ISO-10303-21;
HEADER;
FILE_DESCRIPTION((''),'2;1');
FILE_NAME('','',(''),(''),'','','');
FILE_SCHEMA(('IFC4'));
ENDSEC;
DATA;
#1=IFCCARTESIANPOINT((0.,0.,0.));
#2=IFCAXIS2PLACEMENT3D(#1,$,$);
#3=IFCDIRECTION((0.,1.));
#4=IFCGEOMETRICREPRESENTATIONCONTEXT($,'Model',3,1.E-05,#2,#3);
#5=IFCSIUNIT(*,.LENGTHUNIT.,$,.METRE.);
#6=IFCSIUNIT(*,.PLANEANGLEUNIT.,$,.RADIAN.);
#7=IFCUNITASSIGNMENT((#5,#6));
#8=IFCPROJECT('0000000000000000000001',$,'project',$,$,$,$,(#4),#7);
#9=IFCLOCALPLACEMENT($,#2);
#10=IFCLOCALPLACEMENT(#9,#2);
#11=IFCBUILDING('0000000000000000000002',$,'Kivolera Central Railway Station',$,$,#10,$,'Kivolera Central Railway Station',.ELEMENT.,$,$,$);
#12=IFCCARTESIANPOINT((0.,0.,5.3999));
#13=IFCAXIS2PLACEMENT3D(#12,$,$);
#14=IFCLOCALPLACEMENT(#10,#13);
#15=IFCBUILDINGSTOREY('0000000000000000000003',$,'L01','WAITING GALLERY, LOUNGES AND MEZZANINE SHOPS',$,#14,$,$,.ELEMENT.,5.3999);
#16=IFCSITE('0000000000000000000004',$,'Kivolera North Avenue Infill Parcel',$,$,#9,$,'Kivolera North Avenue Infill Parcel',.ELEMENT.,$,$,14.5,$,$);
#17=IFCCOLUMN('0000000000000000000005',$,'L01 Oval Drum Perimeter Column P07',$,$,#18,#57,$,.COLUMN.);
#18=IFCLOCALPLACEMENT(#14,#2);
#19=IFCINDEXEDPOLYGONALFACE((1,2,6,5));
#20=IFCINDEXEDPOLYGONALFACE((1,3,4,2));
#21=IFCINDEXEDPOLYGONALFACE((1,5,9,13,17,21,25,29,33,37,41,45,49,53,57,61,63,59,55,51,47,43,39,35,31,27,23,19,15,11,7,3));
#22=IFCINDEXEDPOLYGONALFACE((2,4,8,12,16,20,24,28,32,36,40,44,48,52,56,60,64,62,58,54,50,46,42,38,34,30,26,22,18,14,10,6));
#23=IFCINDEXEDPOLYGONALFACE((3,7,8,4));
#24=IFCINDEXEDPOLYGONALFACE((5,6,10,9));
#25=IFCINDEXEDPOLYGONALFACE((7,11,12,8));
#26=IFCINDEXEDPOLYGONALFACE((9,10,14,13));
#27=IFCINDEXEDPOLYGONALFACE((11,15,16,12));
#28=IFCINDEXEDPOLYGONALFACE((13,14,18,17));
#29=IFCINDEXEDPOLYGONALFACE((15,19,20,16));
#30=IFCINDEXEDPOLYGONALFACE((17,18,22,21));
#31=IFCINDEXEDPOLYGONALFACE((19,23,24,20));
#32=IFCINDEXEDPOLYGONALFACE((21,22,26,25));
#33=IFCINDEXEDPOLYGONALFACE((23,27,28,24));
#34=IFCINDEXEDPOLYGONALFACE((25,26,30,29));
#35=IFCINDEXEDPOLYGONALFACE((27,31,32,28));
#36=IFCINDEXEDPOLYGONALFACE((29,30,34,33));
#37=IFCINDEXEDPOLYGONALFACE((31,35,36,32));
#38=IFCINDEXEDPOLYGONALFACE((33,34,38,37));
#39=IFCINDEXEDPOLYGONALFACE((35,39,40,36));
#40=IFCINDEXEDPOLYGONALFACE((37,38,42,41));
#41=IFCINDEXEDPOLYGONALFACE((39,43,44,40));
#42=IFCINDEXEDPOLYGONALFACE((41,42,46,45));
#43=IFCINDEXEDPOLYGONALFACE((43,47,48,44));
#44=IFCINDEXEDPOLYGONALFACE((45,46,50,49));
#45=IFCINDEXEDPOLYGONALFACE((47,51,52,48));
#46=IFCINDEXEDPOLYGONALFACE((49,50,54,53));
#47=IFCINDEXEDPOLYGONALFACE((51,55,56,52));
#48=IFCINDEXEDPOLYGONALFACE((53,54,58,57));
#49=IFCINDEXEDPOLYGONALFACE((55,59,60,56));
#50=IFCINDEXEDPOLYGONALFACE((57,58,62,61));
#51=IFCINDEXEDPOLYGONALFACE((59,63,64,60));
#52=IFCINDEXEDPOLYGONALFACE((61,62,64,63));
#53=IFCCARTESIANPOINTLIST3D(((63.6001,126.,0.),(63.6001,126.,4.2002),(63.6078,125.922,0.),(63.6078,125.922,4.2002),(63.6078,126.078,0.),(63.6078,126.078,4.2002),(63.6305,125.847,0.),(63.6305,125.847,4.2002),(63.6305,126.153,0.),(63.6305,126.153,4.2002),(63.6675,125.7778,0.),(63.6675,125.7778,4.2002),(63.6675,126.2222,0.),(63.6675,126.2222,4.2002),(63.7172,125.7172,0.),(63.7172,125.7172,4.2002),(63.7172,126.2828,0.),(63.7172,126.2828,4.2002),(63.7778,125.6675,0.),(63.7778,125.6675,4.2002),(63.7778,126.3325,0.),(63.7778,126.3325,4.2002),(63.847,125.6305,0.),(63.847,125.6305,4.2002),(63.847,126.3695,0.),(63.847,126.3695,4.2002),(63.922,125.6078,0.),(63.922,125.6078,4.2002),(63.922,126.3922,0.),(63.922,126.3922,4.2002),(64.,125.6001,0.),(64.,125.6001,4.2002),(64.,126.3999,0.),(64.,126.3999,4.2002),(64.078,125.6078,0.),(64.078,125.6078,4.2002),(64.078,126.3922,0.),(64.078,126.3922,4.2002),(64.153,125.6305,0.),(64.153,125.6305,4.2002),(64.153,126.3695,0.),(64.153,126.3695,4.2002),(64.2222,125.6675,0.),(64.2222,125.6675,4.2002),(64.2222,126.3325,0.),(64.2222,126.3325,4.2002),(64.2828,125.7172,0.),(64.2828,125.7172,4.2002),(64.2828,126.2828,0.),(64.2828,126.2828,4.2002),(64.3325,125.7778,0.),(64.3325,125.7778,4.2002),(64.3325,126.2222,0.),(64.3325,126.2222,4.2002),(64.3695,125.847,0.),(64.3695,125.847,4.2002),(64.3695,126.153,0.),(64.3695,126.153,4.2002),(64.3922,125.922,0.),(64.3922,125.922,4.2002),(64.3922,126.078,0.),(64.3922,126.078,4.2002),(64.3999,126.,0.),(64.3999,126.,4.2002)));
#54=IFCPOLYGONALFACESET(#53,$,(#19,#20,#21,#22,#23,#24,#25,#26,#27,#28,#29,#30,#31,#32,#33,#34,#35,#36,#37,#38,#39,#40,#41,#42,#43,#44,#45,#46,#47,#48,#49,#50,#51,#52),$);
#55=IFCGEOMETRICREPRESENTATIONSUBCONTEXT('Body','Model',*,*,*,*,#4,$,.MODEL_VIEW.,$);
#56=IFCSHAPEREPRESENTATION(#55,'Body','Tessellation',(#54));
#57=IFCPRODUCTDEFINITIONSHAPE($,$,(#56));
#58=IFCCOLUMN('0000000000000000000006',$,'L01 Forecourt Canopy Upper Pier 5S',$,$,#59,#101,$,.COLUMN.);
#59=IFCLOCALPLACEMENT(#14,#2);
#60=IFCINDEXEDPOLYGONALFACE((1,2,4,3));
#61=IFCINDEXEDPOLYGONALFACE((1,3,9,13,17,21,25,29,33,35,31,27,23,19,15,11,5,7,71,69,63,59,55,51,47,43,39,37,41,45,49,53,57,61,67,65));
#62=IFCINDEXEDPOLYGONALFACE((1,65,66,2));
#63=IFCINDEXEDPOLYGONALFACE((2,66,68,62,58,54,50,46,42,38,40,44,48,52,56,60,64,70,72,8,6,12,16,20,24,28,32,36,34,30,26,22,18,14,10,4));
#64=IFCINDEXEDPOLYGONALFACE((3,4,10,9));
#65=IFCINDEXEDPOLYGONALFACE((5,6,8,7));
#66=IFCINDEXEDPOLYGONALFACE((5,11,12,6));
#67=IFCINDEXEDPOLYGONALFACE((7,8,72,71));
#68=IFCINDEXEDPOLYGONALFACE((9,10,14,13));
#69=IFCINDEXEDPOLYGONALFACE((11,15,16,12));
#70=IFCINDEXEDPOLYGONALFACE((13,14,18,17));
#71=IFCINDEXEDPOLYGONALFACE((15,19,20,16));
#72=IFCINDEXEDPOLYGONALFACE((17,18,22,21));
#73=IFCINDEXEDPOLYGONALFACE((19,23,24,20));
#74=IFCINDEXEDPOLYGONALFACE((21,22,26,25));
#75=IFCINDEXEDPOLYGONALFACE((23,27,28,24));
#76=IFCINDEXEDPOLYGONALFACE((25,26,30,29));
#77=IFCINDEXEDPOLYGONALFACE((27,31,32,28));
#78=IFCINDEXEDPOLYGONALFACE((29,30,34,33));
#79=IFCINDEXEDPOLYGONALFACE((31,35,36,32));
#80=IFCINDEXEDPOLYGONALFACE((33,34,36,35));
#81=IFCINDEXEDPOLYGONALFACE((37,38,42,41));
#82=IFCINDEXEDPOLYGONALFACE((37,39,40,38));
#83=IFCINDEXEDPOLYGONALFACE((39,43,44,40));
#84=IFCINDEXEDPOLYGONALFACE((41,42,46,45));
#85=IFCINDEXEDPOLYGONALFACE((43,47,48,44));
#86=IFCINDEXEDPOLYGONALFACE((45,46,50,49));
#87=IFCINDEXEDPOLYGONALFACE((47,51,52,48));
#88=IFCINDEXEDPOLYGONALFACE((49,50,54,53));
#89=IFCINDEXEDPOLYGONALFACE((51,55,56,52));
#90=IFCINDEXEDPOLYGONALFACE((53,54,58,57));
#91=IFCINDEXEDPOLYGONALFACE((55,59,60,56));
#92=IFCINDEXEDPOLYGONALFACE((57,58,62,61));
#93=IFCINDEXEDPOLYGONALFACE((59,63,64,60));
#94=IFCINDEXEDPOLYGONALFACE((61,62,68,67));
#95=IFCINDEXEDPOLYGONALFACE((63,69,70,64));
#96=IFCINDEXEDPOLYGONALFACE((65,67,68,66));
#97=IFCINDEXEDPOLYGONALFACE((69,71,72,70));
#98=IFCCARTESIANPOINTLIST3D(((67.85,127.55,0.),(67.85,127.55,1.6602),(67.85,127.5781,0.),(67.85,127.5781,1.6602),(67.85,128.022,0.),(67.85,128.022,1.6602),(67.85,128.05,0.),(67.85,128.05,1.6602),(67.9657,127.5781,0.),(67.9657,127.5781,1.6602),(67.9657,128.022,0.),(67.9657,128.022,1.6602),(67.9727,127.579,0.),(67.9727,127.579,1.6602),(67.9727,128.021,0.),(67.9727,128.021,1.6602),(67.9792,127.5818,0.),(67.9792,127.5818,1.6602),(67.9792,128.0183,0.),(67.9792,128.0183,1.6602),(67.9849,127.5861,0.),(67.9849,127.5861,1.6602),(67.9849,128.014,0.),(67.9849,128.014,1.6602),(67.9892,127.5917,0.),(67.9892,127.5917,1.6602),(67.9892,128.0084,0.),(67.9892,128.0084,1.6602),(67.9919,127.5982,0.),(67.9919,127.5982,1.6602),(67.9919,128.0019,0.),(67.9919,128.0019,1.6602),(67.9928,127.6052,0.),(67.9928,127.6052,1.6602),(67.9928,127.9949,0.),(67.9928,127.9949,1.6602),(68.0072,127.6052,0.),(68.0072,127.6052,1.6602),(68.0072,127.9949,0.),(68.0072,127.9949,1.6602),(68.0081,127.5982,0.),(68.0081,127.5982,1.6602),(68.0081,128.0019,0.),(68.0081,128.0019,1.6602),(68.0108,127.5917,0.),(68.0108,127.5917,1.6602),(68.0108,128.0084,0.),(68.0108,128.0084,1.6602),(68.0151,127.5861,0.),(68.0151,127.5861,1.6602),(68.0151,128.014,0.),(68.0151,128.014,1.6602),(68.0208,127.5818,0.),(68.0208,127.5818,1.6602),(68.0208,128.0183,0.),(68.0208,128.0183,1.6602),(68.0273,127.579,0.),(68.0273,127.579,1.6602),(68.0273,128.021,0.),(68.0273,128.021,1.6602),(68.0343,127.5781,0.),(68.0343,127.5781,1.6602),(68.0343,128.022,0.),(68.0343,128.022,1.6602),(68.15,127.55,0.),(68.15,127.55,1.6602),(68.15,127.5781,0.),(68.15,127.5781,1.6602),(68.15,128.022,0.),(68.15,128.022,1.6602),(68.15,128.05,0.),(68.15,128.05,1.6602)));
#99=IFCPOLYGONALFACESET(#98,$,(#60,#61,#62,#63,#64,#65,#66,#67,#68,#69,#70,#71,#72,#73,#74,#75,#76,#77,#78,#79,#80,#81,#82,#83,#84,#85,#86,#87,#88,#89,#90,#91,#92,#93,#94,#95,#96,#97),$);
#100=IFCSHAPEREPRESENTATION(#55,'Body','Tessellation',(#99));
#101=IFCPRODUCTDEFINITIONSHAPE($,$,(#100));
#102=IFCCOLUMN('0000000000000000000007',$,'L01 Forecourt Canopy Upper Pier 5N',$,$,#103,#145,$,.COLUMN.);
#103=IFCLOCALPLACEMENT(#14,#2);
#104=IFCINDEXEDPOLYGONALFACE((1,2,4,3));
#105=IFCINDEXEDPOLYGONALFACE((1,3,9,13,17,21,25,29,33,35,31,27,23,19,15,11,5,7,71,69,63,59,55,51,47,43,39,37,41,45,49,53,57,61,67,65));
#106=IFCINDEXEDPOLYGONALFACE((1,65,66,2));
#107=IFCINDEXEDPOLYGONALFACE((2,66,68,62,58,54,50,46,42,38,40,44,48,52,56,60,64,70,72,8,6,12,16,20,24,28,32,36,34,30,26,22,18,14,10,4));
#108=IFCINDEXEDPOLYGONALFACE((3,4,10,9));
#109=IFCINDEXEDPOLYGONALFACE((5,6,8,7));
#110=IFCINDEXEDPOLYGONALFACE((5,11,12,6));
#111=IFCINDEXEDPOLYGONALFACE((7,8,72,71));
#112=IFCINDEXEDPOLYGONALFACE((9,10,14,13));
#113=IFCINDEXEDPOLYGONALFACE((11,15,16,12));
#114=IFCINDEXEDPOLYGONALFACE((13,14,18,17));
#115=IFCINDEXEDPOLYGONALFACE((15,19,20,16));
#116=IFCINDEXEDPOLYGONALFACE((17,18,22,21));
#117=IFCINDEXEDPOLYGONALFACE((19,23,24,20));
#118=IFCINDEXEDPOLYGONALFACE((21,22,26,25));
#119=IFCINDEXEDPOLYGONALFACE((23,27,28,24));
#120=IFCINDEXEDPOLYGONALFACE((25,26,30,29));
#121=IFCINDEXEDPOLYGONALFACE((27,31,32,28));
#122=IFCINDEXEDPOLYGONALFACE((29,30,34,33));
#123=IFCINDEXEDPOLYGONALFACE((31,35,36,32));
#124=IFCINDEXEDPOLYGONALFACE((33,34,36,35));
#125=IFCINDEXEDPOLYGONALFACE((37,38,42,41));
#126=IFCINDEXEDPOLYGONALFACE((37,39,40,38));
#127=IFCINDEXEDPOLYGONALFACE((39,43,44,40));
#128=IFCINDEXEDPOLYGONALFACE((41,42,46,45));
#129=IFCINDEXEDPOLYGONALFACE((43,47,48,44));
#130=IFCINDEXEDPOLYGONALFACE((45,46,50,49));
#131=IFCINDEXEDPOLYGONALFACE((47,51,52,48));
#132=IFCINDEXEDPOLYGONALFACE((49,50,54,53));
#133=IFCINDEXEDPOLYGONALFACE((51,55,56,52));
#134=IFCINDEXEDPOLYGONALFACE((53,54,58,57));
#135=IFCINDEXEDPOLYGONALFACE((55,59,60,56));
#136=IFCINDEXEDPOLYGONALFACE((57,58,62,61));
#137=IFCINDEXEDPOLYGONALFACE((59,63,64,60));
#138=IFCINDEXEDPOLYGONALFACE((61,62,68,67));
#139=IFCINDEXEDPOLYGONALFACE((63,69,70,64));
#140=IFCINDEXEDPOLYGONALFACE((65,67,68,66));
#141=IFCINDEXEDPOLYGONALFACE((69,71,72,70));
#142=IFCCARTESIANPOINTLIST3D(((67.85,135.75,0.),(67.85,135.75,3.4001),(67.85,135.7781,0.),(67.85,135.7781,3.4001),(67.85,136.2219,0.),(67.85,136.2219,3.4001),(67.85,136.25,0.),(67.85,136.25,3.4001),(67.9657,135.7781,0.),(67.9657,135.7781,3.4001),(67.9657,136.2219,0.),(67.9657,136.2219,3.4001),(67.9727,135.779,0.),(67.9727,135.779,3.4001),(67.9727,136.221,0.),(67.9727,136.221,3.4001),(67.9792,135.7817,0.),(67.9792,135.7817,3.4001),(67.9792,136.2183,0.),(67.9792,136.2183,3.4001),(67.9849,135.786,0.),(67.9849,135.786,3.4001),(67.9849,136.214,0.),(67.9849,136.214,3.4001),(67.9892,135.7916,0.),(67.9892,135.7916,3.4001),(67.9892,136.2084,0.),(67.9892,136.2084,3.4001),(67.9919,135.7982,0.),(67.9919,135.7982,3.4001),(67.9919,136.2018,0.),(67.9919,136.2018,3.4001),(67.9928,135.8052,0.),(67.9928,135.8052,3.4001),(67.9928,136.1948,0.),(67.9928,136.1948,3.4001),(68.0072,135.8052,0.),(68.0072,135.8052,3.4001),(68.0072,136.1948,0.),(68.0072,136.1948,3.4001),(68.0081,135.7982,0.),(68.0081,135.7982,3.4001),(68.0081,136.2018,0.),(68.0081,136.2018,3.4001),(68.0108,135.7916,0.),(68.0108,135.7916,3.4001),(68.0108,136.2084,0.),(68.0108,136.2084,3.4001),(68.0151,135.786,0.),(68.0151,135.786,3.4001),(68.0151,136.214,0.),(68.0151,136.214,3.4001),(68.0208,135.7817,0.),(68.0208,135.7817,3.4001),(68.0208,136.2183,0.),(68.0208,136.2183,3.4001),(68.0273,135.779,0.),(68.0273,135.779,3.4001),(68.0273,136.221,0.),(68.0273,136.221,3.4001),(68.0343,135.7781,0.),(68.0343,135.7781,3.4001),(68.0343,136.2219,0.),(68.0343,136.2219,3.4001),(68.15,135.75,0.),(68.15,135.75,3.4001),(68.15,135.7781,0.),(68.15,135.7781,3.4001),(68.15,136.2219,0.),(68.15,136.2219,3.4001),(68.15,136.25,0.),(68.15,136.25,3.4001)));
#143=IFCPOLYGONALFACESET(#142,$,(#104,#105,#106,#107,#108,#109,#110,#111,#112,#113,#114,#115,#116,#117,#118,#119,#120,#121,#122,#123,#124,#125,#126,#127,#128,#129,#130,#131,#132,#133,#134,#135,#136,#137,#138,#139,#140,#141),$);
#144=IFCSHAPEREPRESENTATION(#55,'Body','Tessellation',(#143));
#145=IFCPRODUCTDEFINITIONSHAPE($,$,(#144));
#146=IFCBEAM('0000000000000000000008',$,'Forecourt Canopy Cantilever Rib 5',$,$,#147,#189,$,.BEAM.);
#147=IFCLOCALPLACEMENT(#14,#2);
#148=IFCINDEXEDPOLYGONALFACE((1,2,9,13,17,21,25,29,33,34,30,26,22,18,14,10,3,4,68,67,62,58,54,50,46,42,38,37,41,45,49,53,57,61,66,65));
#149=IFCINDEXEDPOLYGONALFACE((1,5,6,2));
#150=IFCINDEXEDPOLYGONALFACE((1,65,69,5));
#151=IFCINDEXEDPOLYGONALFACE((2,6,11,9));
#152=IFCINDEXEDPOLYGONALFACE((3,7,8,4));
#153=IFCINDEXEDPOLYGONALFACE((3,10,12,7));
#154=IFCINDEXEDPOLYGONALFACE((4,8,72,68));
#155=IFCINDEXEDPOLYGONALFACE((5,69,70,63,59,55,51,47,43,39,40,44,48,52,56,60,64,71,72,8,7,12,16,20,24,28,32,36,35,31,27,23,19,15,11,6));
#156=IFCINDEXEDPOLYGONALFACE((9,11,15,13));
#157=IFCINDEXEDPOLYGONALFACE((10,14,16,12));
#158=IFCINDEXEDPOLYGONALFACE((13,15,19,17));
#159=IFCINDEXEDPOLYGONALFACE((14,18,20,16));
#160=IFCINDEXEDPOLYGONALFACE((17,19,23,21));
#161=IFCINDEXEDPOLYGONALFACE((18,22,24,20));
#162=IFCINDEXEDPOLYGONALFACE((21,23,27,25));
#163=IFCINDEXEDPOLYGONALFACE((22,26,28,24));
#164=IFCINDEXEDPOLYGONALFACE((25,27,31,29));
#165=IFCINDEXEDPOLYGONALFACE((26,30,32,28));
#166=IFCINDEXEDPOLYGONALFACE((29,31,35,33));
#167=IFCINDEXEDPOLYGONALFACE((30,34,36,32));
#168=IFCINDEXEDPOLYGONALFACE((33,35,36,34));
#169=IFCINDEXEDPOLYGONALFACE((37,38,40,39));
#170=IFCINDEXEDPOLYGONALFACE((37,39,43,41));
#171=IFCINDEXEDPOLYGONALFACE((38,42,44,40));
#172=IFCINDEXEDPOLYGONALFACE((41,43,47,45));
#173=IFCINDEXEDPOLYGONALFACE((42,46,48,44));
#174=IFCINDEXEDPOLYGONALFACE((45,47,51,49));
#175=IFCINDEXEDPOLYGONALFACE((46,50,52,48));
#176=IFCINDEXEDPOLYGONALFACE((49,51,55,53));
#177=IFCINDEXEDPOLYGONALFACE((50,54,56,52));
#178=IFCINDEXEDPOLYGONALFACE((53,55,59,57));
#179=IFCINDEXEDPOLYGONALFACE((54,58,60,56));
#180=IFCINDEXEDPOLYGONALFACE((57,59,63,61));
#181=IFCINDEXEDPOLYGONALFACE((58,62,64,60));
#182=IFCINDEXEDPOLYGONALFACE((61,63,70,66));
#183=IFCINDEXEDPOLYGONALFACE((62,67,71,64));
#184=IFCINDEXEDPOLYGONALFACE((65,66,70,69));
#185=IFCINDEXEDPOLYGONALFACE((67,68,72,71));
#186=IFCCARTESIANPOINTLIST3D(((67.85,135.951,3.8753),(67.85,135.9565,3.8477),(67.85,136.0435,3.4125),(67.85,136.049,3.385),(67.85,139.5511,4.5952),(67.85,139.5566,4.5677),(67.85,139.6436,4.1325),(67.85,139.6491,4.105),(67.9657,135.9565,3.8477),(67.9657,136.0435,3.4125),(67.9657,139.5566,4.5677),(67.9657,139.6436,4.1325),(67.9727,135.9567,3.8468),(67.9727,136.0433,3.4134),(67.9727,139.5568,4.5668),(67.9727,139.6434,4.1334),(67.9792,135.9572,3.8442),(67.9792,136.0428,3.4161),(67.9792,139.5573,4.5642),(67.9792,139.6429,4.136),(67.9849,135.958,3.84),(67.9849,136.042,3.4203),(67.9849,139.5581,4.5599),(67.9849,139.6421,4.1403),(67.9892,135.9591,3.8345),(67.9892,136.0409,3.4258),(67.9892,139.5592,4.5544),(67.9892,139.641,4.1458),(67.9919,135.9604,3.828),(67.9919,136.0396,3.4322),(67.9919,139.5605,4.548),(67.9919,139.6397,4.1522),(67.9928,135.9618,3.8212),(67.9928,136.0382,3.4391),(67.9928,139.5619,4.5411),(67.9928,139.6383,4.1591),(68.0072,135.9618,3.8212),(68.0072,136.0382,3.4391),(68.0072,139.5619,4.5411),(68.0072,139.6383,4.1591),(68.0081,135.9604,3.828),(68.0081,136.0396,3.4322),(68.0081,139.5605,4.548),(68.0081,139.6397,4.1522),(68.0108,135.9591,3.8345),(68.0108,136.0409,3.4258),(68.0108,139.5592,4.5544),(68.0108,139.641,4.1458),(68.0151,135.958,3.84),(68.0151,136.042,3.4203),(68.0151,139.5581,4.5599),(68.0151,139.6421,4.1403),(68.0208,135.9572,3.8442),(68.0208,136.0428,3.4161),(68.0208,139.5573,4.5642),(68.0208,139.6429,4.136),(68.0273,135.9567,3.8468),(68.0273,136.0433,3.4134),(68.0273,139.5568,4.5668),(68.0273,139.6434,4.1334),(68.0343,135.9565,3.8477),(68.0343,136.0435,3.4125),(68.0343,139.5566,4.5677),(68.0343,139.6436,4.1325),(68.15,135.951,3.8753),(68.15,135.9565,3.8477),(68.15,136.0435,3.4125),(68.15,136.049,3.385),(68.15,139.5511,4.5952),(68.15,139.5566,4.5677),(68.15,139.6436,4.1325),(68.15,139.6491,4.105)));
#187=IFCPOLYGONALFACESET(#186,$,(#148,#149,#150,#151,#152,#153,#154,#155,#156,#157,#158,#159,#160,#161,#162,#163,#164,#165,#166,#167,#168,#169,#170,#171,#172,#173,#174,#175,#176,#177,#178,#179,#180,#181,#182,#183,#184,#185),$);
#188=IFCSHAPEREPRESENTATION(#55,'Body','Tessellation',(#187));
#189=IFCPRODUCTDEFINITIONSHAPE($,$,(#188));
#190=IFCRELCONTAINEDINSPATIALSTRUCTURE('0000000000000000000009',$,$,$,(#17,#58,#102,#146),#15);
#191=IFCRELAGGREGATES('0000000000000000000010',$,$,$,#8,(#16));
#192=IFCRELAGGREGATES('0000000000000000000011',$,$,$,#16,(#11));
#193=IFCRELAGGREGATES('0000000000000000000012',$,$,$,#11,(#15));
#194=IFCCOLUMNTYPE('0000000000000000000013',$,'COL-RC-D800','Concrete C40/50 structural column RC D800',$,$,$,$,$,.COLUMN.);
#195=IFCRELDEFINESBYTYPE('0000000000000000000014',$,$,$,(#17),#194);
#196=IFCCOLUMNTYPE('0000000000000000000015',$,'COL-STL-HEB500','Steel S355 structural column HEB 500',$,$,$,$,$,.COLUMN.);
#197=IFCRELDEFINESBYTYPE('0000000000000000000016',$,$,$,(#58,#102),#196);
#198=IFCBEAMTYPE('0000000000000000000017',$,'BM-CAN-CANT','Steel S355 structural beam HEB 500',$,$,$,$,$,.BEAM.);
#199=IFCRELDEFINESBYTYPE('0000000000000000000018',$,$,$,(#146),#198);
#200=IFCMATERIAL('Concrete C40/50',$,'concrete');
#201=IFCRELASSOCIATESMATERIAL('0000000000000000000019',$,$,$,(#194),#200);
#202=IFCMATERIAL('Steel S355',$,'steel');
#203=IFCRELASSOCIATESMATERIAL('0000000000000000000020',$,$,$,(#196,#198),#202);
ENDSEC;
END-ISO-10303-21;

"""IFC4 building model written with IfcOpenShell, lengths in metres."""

from ifc_helpers import new_model, si_unit, direction, frame, origin, origin_2d, place, context, subcontext, project, spatial, circle, i_section, extrude, material, material_profile, profile_set, type_object, element, save


model = new_model("IFC4")

# Units and contexts
model_context = context("Model", 3, precision=1e-05, world=origin(), true_north=direction((0.0, 1.0)))
body_context = subcontext(model_context, "Body", "Model", "MODEL_VIEW")
ifc_project = project(units=[si_unit("LENGTHUNIT", "METRE"), si_unit("PLANEANGLEUNIT", "RADIAN")], contexts=[model_context])

# Site, building, storey
site_placement = place(None, origin())
site = spatial("IfcSite", under=ifc_project, at=site_placement, Name="Kivolera North Avenue Infill Parcel", LongName="Kivolera North Avenue Infill Parcel", CompositionType="ELEMENT", RefElevation=14.5)
building_placement = place(site_placement, origin())
building = spatial("IfcBuilding", under=site, at=building_placement, Name="Kivolera Central Railway Station", LongName="Kivolera Central Railway Station", CompositionType="ELEMENT")
storey_placement = place(building_placement, frame((0.0, 0.0, 5.3999)))
storey = spatial("IfcBuildingStorey", under=building, at=storey_placement, Name="L01", Description="WAITING GALLERY, LOUNGES AND MEZZANINE SHOPS", CompositionType="ELEMENT", Elevation=5.3999)

# Columns
ifc_material_1 = material(Name="Concrete C40/50", Category="concrete")
ifc_material_profile_1 = material_profile(ifc_material_1, circle(Radius=0.3999, at=origin_2d()), Name="RC D800")
ifc_profile_set_1 = profile_set([ifc_material_profile_1], Name="Concrete C40/50")
column_type_1 = type_object("IfcColumnType", Name="COL-RC-D800", Description="Concrete C40/50 structural column RC D800", PredefinedType="COLUMN", material=ifc_profile_set_1)
column_1_placement = place(storey_placement, frame((64.0, 126.0, 0.0), z_axis=(0.0, 0.0, 1.0), x_axis=(1.0, 0.0, 0.0)))
element("IfcColumn", 1, at=column_1_placement, inside=storey, type_object=column_type_1, Name="L01 Oval Drum Perimeter Column P07", PredefinedType="COLUMN", context=body_context, shape_type="SweptSolid", body=[
    extrude(circle(Radius=0.3999, at=origin_2d()), origin(), (0.0, 0.0, 1.0), 4.2002),
])
ifc_material_2 = material(Name="Steel S355", Category="steel")
ifc_material_profile_2 = material_profile(ifc_material_2, i_section(OverallWidth=0.3, OverallDepth=0.5, WebThickness=0.0144, FlangeThickness=0.0281, FilletRadius=0.0271, at=origin_2d()), Name="HEB 500")
ifc_profile_set_2 = profile_set([ifc_material_profile_2], Name="Steel S355")
column_type_2 = type_object("IfcColumnType", Name="COL-STL-HEB500", Description="Steel S355 structural column HEB 500", PredefinedType="COLUMN", material=ifc_profile_set_2)
column_2_placement = place(storey_placement, frame((68.0, 127.8, 0.0), z_axis=(0.0, 0.0, 1.0), x_axis=(1.0, 0.0, 0.0)))
element("IfcColumn", 2, at=column_2_placement, inside=storey, type_object=column_type_2, Name="L01 Forecourt Canopy Upper Pier 5S", PredefinedType="COLUMN", context=body_context, shape_type="SweptSolid", body=[
    extrude(i_section(OverallWidth=0.3, OverallDepth=0.5, WebThickness=0.0144, FlangeThickness=0.0281, FilletRadius=0.0271, at=origin_2d()), origin(), (0.0, 0.0, 1.0), 1.6602),
])
column_3_placement = place(storey_placement, frame((68.0, 136.0, 0.0), z_axis=(0.0, 0.0, 1.0), x_axis=(1.0, 0.0, 0.0)))
element("IfcColumn", 3, at=column_3_placement, inside=storey, type_object=column_type_2, Name="L01 Forecourt Canopy Upper Pier 5N", PredefinedType="COLUMN", context=body_context, shape_type="SweptSolid", body=[
    extrude(i_section(OverallWidth=0.3, OverallDepth=0.5, WebThickness=0.0144, FlangeThickness=0.0281, FilletRadius=0.0271, at=origin_2d()), origin(), (0.0, 0.0, 1.0), 3.4001),
])

# Beam
ifc_material_profile_3 = material_profile(ifc_material_2, i_section(OverallWidth=0.3, OverallDepth=0.5, WebThickness=0.0144, FlangeThickness=0.0281, FilletRadius=0.0271, at=origin_2d()), Name="HEB 500")
ifc_profile_set_3 = profile_set([ifc_material_profile_3], Name="Steel S355")
beam_type_1 = type_object("IfcBeamType", Name="BM-CAN-CANT", Description="Steel S355 structural beam HEB 500", PredefinedType="BEAM", material=ifc_profile_set_3)
beam_1_placement = place(storey_placement, frame((68.0, 136.0, 3.6301), z_axis=(0.0, 0.980583, 0.196103), x_axis=(-1.0, 0.0, 0.0)))
element("IfcBeam", 4, at=beam_1_placement, inside=storey, type_object=beam_type_1, Name="Forecourt Canopy Cantilever Rib 5", PredefinedType="BEAM", context=body_context, shape_type="SweptSolid", body=[
    extrude(i_section(OverallWidth=0.3, OverallDepth=0.5, WebThickness=0.0144, FlangeThickness=0.0281, FilletRadius=0.0271, at=origin_2d()), origin(), (0.0, 0.0, 1.0), 3.6714),
])

save(model, "model.ifc")
